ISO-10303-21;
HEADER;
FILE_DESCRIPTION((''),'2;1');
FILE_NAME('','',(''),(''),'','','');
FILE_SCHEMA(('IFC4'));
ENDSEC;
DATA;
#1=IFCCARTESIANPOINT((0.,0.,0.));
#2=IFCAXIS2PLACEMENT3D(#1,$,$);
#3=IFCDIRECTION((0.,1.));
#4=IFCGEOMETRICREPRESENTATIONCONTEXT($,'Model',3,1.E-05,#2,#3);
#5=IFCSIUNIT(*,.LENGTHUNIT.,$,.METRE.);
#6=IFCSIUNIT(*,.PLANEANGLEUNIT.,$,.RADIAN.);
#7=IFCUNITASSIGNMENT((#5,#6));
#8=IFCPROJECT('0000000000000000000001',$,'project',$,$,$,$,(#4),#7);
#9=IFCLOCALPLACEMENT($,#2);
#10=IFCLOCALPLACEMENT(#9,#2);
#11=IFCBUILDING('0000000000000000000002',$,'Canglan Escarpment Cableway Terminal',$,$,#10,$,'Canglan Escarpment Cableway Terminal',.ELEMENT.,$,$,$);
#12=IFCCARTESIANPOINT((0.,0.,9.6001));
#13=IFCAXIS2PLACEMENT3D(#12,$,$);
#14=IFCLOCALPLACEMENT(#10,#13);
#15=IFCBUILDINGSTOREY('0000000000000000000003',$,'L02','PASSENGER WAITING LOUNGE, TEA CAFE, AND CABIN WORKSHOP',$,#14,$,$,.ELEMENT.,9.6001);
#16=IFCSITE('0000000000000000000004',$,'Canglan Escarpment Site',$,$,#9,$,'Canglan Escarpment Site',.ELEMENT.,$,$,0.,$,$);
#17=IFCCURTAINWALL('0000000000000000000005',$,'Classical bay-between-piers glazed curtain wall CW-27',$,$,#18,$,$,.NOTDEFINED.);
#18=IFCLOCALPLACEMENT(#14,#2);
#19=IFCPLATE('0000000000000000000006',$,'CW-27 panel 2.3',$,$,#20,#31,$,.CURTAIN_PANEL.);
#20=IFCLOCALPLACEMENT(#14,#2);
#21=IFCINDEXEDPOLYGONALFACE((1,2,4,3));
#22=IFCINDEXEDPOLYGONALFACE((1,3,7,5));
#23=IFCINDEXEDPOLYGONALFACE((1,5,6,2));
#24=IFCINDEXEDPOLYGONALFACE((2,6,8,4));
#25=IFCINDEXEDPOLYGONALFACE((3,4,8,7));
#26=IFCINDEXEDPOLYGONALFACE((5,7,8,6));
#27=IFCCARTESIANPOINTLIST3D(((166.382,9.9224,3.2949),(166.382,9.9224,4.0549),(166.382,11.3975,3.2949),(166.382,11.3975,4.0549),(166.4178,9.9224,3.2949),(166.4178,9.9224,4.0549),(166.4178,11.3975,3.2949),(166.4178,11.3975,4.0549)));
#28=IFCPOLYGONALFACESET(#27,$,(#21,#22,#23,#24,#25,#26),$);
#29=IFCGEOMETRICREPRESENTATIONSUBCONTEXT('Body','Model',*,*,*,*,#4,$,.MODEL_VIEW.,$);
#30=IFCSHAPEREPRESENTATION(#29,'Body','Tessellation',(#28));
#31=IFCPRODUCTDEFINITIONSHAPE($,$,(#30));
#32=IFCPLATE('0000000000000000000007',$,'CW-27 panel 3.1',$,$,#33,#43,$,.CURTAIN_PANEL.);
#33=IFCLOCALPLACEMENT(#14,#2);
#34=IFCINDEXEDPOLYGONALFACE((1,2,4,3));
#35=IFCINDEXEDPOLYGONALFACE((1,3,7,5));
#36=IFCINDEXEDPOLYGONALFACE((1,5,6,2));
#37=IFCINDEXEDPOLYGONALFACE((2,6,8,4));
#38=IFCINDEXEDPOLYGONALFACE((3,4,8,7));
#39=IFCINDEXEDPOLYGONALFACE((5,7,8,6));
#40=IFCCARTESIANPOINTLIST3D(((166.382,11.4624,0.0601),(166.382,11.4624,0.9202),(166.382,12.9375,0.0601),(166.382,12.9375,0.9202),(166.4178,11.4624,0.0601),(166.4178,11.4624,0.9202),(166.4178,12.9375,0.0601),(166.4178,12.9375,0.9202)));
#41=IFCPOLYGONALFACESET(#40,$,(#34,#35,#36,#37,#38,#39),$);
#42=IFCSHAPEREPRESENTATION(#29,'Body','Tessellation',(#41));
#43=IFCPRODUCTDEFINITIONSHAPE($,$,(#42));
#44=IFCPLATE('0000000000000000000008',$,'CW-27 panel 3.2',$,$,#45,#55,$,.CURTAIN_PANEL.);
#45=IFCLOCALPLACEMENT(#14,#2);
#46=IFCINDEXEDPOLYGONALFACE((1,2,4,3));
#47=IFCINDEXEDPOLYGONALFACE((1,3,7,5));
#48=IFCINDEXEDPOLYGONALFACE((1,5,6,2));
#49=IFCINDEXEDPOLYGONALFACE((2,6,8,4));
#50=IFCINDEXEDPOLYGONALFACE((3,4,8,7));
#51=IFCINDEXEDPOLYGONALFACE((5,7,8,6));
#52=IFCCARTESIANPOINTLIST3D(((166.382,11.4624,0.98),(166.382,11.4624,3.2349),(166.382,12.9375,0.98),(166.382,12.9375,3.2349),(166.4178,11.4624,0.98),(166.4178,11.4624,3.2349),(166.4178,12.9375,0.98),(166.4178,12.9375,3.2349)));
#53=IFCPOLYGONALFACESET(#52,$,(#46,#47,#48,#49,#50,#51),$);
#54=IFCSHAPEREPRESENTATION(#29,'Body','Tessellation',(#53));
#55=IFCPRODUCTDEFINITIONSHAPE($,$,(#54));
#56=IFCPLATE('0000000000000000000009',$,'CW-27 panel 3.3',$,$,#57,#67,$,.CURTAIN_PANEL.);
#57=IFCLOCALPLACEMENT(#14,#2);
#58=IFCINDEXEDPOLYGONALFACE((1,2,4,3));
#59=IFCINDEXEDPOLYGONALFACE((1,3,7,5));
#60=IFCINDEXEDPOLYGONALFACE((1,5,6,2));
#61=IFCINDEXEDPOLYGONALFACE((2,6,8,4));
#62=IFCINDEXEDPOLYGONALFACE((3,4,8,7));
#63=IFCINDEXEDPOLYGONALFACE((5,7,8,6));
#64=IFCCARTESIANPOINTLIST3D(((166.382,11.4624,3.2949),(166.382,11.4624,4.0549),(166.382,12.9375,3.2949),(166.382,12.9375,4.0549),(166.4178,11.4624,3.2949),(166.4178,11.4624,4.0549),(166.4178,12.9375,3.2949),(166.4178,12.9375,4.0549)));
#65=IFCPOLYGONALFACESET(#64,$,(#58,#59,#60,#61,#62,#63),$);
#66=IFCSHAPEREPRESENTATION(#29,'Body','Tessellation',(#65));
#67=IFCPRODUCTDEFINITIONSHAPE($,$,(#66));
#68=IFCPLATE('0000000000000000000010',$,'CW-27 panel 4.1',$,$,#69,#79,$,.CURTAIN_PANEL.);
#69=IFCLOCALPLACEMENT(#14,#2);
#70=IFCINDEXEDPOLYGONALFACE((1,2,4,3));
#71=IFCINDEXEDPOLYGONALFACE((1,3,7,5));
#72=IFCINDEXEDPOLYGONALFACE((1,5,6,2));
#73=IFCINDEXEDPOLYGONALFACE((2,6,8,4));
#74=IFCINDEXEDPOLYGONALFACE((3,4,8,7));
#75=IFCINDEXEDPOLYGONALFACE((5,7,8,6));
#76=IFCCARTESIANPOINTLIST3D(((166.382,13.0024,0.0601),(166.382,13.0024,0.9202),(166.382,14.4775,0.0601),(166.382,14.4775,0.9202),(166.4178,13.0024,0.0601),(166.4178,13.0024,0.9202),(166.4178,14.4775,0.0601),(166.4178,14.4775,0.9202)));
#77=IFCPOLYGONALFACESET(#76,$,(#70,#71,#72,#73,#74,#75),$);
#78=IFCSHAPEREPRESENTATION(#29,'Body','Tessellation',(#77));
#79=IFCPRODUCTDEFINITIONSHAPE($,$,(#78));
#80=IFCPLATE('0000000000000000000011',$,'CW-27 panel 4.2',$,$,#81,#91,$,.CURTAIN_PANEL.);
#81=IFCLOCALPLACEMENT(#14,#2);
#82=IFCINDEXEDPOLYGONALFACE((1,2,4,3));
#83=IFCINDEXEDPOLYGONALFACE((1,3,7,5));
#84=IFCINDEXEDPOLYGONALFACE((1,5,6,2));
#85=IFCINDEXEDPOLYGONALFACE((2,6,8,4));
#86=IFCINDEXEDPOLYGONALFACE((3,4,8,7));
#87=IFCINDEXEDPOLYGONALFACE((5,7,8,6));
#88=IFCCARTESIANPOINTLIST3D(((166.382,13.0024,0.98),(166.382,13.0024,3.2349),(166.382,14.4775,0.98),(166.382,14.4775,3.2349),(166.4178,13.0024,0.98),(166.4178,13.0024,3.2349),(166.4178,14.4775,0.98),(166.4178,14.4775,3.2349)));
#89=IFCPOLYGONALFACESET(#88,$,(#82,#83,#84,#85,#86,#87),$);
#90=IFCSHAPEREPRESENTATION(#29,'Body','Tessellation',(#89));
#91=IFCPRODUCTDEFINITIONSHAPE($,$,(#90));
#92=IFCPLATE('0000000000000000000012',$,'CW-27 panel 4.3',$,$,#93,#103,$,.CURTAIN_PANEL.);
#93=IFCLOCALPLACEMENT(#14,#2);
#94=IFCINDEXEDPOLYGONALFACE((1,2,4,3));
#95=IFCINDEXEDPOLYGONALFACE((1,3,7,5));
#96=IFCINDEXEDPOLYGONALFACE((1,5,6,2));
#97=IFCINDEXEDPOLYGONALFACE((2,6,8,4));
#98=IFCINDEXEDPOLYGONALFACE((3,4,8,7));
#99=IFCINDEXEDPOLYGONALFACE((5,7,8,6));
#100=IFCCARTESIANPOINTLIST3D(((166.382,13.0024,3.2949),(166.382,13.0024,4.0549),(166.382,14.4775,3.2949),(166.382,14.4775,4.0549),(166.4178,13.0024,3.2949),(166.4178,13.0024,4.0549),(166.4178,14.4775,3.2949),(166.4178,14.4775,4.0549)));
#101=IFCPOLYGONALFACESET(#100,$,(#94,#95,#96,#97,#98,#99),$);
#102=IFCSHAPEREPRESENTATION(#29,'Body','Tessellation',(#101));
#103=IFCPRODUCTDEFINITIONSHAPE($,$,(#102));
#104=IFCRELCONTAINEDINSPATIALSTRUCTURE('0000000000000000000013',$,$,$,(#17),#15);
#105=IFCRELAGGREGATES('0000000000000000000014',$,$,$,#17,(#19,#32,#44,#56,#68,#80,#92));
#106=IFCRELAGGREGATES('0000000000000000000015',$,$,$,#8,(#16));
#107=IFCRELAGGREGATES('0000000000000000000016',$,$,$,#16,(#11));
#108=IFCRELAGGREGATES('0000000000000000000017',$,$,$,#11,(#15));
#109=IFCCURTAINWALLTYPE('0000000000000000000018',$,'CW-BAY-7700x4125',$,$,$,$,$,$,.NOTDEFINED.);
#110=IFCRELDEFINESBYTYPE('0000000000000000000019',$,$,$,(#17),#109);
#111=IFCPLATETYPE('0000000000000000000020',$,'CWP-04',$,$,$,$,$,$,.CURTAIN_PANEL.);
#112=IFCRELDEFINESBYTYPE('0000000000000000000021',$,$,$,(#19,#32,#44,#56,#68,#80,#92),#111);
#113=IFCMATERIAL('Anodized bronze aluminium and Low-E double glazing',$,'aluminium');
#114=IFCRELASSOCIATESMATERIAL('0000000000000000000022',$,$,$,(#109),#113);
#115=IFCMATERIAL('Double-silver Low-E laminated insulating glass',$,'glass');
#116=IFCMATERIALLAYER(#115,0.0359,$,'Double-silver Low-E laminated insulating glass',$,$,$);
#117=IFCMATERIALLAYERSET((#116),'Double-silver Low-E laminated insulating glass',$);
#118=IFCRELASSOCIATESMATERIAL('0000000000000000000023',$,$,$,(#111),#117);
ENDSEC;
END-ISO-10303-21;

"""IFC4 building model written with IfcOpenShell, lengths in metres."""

from ifc_helpers import new_model, si_unit, direction, frame, origin, origin_2d, place, context, subcontext, project, spatial, rectangle, extrude, material, layer, layer_set, type_object, element, aggregate, save


model = new_model("IFC4")

# Units and contexts
model_context = context("Model", 3, precision=1e-05, world=origin(), true_north=direction((0.0, 1.0)))
body_context = subcontext(model_context, "Body", "Model", "MODEL_VIEW")
ifc_project = project(units=[si_unit("LENGTHUNIT", "METRE"), si_unit("PLANEANGLEUNIT", "RADIAN")], contexts=[model_context])

# Site, building, storey
site_placement = place(None, origin())
site = spatial("IfcSite", under=ifc_project, at=site_placement, Name="Canglan Escarpment Site", LongName="Canglan Escarpment Site", CompositionType="ELEMENT", RefElevation=0.0)
building_placement = place(site_placement, origin())
building = spatial("IfcBuilding", under=site, at=building_placement, Name="Canglan Escarpment Cableway Terminal", LongName="Canglan Escarpment Cableway Terminal", CompositionType="ELEMENT")
storey_placement = place(building_placement, frame((0.0, 0.0, 9.6001)))
storey = spatial("IfcBuildingStorey", under=building, at=storey_placement, Name="L02", Description="PASSENGER WAITING LOUNGE, TEA CAFE, AND CABIN WORKSHOP", CompositionType="ELEMENT", Elevation=9.6001)

# Curtain wall
ifc_material_1 = material(Name="Anodized bronze aluminium and Low-E double glazing", Category="aluminium")
curtain_wall_type = type_object("IfcCurtainWallType", Name="CW-BAY-7700x4125", PredefinedType="NOTDEFINED", material=ifc_material_1)
curtain_wall_placement = place(storey_placement, origin())
curtain_wall = element("IfcCurtainWall", 1, at=curtain_wall_placement, inside=storey, type_object=curtain_wall_type, Name="Classical bay-between-piers glazed curtain wall CW-27", PredefinedType="NOTDEFINED")

# Plates
ifc_material_2 = material(Name="Double-silver Low-E laminated insulating glass", Category="glass")
ifc_layer = layer(ifc_material_2, 0.0359, Name="Double-silver Low-E laminated insulating glass")
ifc_layer_set = layer_set([ifc_layer], Name="Double-silver Low-E laminated insulating glass")
plate_type = type_object("IfcPlateType", Name="CWP-04", PredefinedType="CURTAIN_PANEL", material=ifc_layer_set)
plate_1_placement = place(storey_placement, frame((166.3999, 10.6599, 3.2949), z_axis=(0.0, 0.0, 1.0), x_axis=(0.0, 1.0, 0.0)))
plate_1 = element("IfcPlate", 2, at=plate_1_placement, type_object=plate_type, Name="CW-27 panel 2.3", PredefinedType="CURTAIN_PANEL", context=body_context, shape_type="SweptSolid", body=[
    extrude(rectangle(XDim=1.4751, YDim=0.0359, at=origin_2d()), origin(), (0.0, 0.0, 1.0), 0.76),
])
plate_2_placement = place(storey_placement, frame((166.3999, 12.2, 0.0601), z_axis=(0.0, 0.0, 1.0), x_axis=(0.0, 1.0, 0.0)))
plate_2 = element("IfcPlate", 3, at=plate_2_placement, type_object=plate_type, Name="CW-27 panel 3.1", PredefinedType="CURTAIN_PANEL", context=body_context, shape_type="SweptSolid", body=[
    extrude(rectangle(XDim=1.4751, YDim=0.0359, at=origin_2d()), origin(), (0.0, 0.0, 1.0), 0.8601),
])
plate_3_placement = place(storey_placement, frame((166.3999, 12.2, 0.98), z_axis=(0.0, 0.0, 1.0), x_axis=(0.0, 1.0, 0.0)))
plate_3 = element("IfcPlate", 4, at=plate_3_placement, type_object=plate_type, Name="CW-27 panel 3.2", PredefinedType="CURTAIN_PANEL", context=body_context, shape_type="SweptSolid", body=[
    extrude(rectangle(XDim=1.4751, YDim=0.0359, at=origin_2d()), origin(), (0.0, 0.0, 1.0), 2.2549),
])
plate_4_placement = place(storey_placement, frame((166.3999, 12.2, 3.2949), z_axis=(0.0, 0.0, 1.0), x_axis=(0.0, 1.0, 0.0)))
plate_4 = element("IfcPlate", 5, at=plate_4_placement, type_object=plate_type, Name="CW-27 panel 3.3", PredefinedType="CURTAIN_PANEL", context=body_context, shape_type="SweptSolid", body=[
    extrude(rectangle(XDim=1.4751, YDim=0.0359, at=origin_2d()), origin(), (0.0, 0.0, 1.0), 0.76),
])
plate_5_placement = place(storey_placement, frame((166.3999, 13.74, 0.0601), z_axis=(0.0, 0.0, 1.0), x_axis=(0.0, 1.0, 0.0)))
plate_5 = element("IfcPlate", 6, at=plate_5_placement, type_object=plate_type, Name="CW-27 panel 4.1", PredefinedType="CURTAIN_PANEL", context=body_context, shape_type="SweptSolid", body=[
    extrude(rectangle(XDim=1.4751, YDim=0.0359, at=origin_2d()), origin(), (0.0, 0.0, 1.0), 0.8601),
])
plate_6_placement = place(storey_placement, frame((166.3999, 13.74, 0.98), z_axis=(0.0, 0.0, 1.0), x_axis=(0.0, 1.0, 0.0)))
plate_6 = element("IfcPlate", 7, at=plate_6_placement, type_object=plate_type, Name="CW-27 panel 4.2", PredefinedType="CURTAIN_PANEL", context=body_context, shape_type="SweptSolid", body=[
    extrude(rectangle(XDim=1.4751, YDim=0.0359, at=origin_2d()), origin(), (0.0, 0.0, 1.0), 2.2549),
])
plate_7_placement = place(storey_placement, frame((166.3999, 13.74, 3.2949), z_axis=(0.0, 0.0, 1.0), x_axis=(0.0, 1.0, 0.0)))
plate_7 = element("IfcPlate", 8, at=plate_7_placement, type_object=plate_type, Name="CW-27 panel 4.3", PredefinedType="CURTAIN_PANEL", context=body_context, shape_type="SweptSolid", body=[
    extrude(rectangle(XDim=1.4751, YDim=0.0359, at=origin_2d()), origin(), (0.0, 0.0, 1.0), 0.76),
])
aggregate(curtain_wall, [plate_1, plate_2, plate_3, plate_4, plate_5, plate_6, plate_7])

save(model, "model.ifc")
